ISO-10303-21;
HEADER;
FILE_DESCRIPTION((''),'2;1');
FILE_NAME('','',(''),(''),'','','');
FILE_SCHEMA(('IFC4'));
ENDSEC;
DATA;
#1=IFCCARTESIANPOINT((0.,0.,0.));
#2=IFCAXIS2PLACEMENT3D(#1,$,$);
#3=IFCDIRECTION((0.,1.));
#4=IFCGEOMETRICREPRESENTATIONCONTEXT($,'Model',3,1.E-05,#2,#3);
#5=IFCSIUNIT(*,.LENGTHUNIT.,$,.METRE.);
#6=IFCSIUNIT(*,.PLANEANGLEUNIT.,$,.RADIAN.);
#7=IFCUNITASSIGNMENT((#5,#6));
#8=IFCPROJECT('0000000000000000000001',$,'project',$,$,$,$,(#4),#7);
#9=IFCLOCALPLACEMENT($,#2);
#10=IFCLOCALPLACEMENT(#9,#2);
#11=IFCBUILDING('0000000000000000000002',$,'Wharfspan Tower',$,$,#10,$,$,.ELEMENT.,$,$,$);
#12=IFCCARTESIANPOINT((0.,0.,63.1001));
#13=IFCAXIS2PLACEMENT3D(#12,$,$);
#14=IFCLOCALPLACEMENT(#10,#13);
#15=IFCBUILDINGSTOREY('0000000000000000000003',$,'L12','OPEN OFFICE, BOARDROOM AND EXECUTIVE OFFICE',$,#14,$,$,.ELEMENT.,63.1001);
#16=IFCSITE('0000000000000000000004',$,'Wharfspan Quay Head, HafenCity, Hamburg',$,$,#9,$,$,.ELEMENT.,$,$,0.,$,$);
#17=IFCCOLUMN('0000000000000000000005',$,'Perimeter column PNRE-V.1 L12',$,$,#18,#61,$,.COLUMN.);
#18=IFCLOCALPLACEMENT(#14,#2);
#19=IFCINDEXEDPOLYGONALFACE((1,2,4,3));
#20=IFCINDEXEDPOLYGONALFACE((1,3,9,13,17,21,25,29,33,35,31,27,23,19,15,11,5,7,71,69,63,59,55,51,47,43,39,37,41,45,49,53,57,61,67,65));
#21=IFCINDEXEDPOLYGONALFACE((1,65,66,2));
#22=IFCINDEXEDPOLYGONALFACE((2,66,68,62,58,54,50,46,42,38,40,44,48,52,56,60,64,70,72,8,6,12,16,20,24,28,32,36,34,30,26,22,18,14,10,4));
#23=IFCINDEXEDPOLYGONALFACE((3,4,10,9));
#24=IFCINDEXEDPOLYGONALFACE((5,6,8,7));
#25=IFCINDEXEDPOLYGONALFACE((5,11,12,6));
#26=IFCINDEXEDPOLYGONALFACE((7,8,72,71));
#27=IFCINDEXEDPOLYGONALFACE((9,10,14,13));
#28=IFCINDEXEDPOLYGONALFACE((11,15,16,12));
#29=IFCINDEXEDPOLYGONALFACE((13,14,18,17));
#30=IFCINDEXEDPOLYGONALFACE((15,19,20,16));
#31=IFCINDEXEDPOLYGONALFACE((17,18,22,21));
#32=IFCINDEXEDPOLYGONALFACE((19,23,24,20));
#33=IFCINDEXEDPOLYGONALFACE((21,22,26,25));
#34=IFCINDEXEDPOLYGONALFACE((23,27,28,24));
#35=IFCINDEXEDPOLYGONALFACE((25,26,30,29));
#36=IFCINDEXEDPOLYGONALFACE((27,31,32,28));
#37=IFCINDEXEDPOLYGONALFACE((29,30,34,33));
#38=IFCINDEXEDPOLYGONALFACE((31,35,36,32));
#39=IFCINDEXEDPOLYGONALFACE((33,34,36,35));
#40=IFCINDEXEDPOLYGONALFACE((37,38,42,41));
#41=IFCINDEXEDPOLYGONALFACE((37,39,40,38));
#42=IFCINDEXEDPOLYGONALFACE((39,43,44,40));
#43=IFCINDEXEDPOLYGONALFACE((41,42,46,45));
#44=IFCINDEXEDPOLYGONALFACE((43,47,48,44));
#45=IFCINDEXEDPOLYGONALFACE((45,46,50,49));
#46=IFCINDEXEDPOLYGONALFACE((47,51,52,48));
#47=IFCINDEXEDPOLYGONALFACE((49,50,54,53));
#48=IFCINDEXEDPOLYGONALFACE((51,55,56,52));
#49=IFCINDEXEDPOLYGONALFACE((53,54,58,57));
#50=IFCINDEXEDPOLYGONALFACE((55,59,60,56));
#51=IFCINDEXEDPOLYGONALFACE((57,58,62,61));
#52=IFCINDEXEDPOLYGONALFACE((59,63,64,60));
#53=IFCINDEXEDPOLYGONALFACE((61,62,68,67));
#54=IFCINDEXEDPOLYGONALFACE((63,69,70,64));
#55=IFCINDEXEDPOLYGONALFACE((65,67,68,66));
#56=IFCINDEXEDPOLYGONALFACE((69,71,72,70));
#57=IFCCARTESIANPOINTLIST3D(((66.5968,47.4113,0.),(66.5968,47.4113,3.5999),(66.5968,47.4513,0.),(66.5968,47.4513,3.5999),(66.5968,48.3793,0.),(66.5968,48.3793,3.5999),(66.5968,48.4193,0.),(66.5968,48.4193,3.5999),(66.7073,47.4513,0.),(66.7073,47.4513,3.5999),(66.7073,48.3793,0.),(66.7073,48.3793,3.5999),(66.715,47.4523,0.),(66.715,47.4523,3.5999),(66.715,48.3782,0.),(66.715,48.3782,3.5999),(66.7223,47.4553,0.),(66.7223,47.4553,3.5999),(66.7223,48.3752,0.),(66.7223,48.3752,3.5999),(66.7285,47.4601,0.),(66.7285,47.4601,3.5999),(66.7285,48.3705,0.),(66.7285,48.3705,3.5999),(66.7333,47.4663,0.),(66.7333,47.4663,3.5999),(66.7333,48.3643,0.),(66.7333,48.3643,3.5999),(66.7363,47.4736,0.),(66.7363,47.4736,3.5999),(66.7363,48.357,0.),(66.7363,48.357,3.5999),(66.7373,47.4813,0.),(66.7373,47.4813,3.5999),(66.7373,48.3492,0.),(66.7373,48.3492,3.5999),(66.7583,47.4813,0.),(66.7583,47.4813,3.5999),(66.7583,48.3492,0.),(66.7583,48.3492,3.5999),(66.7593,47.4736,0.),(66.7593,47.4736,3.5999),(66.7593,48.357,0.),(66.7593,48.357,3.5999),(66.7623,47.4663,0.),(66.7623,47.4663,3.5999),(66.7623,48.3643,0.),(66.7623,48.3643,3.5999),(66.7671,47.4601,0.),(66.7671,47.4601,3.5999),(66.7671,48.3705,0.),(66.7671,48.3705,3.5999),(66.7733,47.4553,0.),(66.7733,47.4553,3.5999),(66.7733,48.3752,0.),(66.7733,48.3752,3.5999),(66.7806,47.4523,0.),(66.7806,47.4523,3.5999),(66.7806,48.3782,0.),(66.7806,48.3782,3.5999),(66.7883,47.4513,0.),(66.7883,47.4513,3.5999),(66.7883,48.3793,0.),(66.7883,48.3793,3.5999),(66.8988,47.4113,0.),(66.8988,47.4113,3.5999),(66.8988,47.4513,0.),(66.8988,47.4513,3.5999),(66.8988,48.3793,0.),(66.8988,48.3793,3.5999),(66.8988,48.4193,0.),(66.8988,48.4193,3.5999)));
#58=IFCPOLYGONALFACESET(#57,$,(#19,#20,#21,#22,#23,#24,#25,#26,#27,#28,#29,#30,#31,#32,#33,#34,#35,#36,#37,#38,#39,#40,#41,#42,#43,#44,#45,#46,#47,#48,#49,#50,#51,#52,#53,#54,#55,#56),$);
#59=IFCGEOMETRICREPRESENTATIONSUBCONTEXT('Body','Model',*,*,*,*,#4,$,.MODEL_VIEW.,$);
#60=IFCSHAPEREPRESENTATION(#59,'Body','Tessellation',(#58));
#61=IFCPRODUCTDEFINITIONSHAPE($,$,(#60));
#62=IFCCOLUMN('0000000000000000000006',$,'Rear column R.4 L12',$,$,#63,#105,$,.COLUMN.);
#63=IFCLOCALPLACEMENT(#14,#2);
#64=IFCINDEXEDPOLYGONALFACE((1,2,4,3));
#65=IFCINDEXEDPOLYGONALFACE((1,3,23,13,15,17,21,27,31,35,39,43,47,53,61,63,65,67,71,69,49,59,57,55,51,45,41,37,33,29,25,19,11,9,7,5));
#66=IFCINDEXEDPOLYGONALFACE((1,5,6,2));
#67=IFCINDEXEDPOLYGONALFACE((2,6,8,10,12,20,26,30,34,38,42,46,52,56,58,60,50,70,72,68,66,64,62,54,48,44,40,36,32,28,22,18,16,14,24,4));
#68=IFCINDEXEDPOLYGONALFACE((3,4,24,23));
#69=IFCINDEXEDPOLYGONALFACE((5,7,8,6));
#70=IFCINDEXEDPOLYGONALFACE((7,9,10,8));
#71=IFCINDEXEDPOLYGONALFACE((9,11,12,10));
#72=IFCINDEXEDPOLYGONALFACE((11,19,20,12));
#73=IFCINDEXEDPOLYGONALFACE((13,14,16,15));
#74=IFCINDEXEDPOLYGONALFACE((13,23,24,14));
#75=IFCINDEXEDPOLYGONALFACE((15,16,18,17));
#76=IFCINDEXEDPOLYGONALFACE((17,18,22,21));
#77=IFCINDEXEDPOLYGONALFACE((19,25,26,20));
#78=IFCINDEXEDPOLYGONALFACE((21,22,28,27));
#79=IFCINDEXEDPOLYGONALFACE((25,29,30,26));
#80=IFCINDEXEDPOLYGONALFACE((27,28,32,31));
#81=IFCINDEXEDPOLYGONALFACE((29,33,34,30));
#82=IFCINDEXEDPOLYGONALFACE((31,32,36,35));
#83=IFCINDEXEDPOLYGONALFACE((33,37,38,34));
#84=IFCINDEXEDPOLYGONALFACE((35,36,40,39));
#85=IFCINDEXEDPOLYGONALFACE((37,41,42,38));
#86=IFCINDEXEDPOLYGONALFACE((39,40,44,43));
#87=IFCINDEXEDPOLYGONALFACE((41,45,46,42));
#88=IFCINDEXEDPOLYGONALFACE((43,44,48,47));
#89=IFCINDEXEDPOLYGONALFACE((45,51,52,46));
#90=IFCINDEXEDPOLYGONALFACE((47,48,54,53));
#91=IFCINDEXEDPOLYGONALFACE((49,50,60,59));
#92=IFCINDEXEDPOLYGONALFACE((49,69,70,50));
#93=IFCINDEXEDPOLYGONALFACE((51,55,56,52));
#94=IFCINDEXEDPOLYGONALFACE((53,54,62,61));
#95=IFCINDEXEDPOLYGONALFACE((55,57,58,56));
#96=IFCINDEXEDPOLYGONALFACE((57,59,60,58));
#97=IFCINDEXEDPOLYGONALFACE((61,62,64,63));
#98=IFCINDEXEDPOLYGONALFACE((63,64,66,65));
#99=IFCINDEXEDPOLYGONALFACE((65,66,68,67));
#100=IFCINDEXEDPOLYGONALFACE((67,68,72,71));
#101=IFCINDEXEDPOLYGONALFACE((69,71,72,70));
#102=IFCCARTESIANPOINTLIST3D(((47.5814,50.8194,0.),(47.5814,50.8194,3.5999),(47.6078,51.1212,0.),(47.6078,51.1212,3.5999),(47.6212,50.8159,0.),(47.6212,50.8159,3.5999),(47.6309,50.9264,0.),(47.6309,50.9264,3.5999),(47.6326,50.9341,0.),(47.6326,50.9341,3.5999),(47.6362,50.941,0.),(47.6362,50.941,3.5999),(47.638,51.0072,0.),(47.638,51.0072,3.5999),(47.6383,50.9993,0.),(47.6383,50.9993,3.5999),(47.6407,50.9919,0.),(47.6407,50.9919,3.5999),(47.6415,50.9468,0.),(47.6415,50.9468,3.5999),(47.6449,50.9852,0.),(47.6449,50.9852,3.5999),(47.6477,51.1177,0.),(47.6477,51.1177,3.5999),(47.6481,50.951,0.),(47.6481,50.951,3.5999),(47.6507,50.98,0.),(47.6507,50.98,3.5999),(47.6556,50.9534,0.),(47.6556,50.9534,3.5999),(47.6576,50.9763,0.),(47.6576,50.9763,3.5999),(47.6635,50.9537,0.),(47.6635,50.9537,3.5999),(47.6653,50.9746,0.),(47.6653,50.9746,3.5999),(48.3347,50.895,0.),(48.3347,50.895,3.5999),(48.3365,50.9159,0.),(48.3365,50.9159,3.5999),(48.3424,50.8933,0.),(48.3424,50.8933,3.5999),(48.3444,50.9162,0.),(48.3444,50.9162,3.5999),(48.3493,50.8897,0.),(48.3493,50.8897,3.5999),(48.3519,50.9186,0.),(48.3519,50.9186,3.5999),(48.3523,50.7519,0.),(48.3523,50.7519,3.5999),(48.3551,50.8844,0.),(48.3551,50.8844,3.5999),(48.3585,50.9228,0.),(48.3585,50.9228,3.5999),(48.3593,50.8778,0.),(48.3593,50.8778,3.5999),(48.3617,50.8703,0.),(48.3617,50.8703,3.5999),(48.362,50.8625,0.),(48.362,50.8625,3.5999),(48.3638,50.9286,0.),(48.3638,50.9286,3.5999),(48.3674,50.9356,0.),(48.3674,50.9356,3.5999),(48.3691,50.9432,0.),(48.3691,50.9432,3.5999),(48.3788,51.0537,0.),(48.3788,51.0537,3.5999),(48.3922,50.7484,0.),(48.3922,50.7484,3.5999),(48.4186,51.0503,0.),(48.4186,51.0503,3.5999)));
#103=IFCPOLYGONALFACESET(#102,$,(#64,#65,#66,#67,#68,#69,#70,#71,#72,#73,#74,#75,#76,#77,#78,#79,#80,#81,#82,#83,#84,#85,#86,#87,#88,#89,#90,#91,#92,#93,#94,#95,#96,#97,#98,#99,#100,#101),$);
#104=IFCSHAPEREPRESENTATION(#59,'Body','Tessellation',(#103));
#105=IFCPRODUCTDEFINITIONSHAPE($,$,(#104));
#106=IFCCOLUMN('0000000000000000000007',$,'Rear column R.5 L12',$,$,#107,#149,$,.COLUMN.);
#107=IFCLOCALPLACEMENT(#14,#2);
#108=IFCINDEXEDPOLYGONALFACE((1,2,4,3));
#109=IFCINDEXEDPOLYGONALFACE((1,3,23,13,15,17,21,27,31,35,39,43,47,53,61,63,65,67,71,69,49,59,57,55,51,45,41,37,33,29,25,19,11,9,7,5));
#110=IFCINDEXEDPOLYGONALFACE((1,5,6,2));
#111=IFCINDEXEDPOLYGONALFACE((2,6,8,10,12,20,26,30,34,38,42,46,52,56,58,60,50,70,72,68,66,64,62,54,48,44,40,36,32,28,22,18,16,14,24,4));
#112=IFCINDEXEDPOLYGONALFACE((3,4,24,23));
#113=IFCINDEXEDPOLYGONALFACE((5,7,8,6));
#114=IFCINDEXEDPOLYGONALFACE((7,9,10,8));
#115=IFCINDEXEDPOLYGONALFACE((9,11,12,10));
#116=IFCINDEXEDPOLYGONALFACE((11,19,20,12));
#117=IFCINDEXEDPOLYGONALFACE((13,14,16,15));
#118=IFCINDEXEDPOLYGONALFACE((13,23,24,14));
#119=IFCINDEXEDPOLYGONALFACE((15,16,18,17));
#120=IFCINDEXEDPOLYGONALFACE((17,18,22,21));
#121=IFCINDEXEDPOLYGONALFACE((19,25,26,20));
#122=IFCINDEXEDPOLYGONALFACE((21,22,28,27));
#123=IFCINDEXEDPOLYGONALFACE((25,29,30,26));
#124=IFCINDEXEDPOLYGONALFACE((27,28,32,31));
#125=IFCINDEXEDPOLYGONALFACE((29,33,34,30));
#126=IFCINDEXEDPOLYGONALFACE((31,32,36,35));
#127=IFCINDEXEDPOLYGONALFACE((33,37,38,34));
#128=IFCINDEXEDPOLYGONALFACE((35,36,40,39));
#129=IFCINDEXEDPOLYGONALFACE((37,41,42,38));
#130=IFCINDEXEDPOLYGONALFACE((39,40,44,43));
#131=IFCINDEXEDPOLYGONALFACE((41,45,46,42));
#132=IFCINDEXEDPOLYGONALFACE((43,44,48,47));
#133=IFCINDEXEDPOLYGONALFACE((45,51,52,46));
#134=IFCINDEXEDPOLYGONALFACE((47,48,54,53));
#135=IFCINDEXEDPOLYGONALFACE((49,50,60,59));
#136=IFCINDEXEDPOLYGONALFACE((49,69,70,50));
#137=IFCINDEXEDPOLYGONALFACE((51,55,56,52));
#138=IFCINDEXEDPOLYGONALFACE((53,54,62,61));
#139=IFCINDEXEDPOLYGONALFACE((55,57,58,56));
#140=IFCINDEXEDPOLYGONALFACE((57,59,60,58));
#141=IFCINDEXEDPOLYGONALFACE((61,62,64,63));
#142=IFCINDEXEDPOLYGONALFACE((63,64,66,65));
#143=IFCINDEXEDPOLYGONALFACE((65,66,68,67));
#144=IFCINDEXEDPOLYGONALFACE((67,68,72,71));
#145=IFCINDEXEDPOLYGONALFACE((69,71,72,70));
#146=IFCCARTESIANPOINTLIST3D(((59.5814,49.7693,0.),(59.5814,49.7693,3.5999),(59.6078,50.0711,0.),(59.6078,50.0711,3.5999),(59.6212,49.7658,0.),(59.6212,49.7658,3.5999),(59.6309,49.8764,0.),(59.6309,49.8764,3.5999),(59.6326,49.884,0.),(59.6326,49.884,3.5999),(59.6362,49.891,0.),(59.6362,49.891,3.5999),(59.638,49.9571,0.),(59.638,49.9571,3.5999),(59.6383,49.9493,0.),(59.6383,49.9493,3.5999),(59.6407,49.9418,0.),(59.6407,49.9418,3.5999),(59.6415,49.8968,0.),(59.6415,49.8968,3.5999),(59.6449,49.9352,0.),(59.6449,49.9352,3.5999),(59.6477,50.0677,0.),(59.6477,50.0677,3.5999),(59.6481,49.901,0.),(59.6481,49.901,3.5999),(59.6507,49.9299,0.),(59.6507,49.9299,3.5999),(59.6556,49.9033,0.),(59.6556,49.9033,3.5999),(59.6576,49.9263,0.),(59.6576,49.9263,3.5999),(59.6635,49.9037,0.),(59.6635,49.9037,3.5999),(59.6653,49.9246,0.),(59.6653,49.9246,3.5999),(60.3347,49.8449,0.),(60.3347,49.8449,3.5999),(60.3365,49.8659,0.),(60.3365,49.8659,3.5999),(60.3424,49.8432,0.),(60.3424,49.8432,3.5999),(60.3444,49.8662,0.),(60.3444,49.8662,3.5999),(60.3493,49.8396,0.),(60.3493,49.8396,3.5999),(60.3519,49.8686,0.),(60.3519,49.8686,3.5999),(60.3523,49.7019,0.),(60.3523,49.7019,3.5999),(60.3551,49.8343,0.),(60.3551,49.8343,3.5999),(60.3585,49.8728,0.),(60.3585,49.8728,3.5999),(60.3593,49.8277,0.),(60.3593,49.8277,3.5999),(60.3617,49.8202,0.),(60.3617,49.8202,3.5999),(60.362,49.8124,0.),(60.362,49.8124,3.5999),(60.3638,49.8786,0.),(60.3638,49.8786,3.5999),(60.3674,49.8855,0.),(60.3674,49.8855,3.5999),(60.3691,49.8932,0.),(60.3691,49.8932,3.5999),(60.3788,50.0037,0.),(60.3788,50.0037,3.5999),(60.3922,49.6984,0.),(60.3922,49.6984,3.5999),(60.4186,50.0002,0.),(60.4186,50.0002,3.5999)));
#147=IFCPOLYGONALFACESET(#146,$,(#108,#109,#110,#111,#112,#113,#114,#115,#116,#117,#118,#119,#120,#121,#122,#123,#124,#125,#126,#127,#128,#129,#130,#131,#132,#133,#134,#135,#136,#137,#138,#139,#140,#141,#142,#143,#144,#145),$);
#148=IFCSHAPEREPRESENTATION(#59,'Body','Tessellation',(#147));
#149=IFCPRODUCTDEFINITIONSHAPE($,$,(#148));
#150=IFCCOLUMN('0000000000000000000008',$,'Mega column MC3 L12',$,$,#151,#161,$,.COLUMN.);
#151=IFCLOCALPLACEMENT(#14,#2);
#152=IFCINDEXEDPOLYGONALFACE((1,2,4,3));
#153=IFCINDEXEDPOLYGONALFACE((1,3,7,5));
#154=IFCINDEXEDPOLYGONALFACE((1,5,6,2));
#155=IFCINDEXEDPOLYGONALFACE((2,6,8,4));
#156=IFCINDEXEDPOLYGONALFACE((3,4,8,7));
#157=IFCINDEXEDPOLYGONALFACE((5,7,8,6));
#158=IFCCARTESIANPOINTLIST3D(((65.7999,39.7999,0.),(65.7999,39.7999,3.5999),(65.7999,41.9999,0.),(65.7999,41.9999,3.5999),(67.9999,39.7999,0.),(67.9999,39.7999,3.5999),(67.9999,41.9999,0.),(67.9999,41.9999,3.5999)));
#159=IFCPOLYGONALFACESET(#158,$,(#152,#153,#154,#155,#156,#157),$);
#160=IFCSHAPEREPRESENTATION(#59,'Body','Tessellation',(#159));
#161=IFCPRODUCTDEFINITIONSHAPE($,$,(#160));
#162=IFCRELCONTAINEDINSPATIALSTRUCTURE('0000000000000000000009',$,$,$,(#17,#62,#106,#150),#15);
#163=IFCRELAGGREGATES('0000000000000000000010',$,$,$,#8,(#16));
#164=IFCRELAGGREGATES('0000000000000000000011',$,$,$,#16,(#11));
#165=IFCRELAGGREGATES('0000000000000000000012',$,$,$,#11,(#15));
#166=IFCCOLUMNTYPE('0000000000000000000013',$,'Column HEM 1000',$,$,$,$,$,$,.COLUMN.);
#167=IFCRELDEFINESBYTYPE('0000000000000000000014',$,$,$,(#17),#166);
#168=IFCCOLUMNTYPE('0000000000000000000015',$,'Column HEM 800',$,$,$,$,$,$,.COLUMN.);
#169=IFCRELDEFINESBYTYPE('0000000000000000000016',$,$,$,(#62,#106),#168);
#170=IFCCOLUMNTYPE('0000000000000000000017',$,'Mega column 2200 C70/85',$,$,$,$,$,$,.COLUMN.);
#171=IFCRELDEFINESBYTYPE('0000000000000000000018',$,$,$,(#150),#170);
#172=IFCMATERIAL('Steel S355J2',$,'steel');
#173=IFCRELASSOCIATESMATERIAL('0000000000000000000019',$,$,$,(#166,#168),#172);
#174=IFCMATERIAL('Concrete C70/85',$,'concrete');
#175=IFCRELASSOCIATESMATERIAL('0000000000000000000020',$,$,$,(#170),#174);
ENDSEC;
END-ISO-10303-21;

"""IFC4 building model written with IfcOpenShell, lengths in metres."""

from ifc_helpers import new_model, si_unit, direction, frame, origin, origin_2d, place, context, subcontext, project, spatial, rectangle, i_section, extrude, material, material_profile, profile_set, type_object, element, save


model = new_model("IFC4")

# Units and contexts
model_context = context("Model", 3, precision=1e-05, world=origin(), true_north=direction((0.0, 1.0)))
body_context = subcontext(model_context, "Body", "Model", "MODEL_VIEW")
ifc_project = project(units=[si_unit("LENGTHUNIT", "METRE"), si_unit("PLANEANGLEUNIT", "RADIAN")], contexts=[model_context])

# Site, building, storey
site_placement = place(None, origin())
site = spatial("IfcSite", under=ifc_project, at=site_placement, Name="Wharfspan Quay Head, HafenCity, Hamburg", CompositionType="ELEMENT", RefElevation=0.0)
building_placement = place(site_placement, origin())
building = spatial("IfcBuilding", under=site, at=building_placement, Name="Wharfspan Tower", CompositionType="ELEMENT")
storey_placement = place(building_placement, frame((0.0, 0.0, 63.1001)))
storey = spatial("IfcBuildingStorey", under=building, at=storey_placement, Name="L12", Description="OPEN OFFICE, BOARDROOM AND EXECUTIVE OFFICE", CompositionType="ELEMENT", Elevation=63.1001)

# Columns
ifc_material_1 = material(Name="Steel S355J2", Category="steel")
ifc_material_profile_1 = material_profile(ifc_material_1, i_section(OverallWidth=0.302, OverallDepth=1.0081, WebThickness=0.021, FlangeThickness=0.04, FilletRadius=0.03, at=origin_2d()))
ifc_profile_set_1 = profile_set([ifc_material_profile_1], Name="Steel S355J2")
column_type_1 = type_object("IfcColumnType", Name="Column HEM 1000", PredefinedType="COLUMN", material=ifc_profile_set_1)
column_1_placement = place(storey_placement, frame((66.7478, 47.9153, 0.0), z_axis=(0.0, 0.0, 1.0), x_axis=(1.0, 0.0, 0.0)))
element("IfcColumn", 1, at=column_1_placement, inside=storey, type_object=column_type_1, Name="Perimeter column PNRE-V.1 L12", PredefinedType="COLUMN", context=body_context, shape_type="SweptSolid", body=[
    extrude(i_section(OverallWidth=0.302, OverallDepth=1.0081, WebThickness=0.021, FlangeThickness=0.04, FilletRadius=0.03, at=origin_2d()), origin(), (0.0, 0.0, 1.0), 3.5999),
])
ifc_material_profile_2 = material_profile(ifc_material_1, i_section(OverallWidth=0.303, OverallDepth=0.814, WebThickness=0.021, FlangeThickness=0.04, FilletRadius=0.03, at=origin_2d()))
ifc_profile_set_2 = profile_set([ifc_material_profile_2], Name="Steel S355J2")
column_type_2 = type_object("IfcColumnType", Name="Column HEM 800", PredefinedType="COLUMN", material=ifc_profile_set_2)
for number, where, z_axis, x_axis, name in (
    (2, (48.0, 50.9348, 0.0), (0.0, 0.0, 1.0), (0.087156, 0.996197, 0.0), "Rear column R.4 L12"),
    (3, (60.0, 49.8848, 0.0), (0.0, 0.0, 1.0), (0.087156, 0.996197, 0.0), "Rear column R.5 L12"),
):
    element("IfcColumn", number, at=place(storey_placement, frame(where, z_axis=z_axis, x_axis=x_axis)), inside=storey, type_object=column_type_2, Name=name, PredefinedType="COLUMN", context=body_context, shape_type="SweptSolid", body=[
        extrude(i_section(OverallWidth=0.303, OverallDepth=0.814, WebThickness=0.021, FlangeThickness=0.04, FilletRadius=0.03, at=origin_2d()), origin(), (0.0, 0.0, 1.0), 3.5999),
    ])
ifc_material_2 = material(Name="Concrete C70/85", Category="concrete")
ifc_material_profile_3 = material_profile(ifc_material_2, rectangle(XDim=2.2, YDim=2.2, at=origin_2d()))
ifc_profile_set_3 = profile_set([ifc_material_profile_3], Name="Concrete C70/85")
column_type_3 = type_object("IfcColumnType", Name="Mega column 2200 C70/85", PredefinedType="COLUMN", material=ifc_profile_set_3)
column_2_placement = place(storey_placement, frame((66.8999, 40.8999, 0.0), z_axis=(0.0, 0.0, 1.0), x_axis=(1.0, 0.0, 0.0)))
element("IfcColumn", 4, at=column_2_placement, inside=storey, type_object=column_type_3, Name="Mega column MC3 L12", PredefinedType="COLUMN", context=body_context, shape_type="SweptSolid", body=[
    extrude(rectangle(XDim=2.2, YDim=2.2, at=origin_2d()), origin(), (0.0, 0.0, 1.0), 3.5999),
])

save(model, "model.ifc")
